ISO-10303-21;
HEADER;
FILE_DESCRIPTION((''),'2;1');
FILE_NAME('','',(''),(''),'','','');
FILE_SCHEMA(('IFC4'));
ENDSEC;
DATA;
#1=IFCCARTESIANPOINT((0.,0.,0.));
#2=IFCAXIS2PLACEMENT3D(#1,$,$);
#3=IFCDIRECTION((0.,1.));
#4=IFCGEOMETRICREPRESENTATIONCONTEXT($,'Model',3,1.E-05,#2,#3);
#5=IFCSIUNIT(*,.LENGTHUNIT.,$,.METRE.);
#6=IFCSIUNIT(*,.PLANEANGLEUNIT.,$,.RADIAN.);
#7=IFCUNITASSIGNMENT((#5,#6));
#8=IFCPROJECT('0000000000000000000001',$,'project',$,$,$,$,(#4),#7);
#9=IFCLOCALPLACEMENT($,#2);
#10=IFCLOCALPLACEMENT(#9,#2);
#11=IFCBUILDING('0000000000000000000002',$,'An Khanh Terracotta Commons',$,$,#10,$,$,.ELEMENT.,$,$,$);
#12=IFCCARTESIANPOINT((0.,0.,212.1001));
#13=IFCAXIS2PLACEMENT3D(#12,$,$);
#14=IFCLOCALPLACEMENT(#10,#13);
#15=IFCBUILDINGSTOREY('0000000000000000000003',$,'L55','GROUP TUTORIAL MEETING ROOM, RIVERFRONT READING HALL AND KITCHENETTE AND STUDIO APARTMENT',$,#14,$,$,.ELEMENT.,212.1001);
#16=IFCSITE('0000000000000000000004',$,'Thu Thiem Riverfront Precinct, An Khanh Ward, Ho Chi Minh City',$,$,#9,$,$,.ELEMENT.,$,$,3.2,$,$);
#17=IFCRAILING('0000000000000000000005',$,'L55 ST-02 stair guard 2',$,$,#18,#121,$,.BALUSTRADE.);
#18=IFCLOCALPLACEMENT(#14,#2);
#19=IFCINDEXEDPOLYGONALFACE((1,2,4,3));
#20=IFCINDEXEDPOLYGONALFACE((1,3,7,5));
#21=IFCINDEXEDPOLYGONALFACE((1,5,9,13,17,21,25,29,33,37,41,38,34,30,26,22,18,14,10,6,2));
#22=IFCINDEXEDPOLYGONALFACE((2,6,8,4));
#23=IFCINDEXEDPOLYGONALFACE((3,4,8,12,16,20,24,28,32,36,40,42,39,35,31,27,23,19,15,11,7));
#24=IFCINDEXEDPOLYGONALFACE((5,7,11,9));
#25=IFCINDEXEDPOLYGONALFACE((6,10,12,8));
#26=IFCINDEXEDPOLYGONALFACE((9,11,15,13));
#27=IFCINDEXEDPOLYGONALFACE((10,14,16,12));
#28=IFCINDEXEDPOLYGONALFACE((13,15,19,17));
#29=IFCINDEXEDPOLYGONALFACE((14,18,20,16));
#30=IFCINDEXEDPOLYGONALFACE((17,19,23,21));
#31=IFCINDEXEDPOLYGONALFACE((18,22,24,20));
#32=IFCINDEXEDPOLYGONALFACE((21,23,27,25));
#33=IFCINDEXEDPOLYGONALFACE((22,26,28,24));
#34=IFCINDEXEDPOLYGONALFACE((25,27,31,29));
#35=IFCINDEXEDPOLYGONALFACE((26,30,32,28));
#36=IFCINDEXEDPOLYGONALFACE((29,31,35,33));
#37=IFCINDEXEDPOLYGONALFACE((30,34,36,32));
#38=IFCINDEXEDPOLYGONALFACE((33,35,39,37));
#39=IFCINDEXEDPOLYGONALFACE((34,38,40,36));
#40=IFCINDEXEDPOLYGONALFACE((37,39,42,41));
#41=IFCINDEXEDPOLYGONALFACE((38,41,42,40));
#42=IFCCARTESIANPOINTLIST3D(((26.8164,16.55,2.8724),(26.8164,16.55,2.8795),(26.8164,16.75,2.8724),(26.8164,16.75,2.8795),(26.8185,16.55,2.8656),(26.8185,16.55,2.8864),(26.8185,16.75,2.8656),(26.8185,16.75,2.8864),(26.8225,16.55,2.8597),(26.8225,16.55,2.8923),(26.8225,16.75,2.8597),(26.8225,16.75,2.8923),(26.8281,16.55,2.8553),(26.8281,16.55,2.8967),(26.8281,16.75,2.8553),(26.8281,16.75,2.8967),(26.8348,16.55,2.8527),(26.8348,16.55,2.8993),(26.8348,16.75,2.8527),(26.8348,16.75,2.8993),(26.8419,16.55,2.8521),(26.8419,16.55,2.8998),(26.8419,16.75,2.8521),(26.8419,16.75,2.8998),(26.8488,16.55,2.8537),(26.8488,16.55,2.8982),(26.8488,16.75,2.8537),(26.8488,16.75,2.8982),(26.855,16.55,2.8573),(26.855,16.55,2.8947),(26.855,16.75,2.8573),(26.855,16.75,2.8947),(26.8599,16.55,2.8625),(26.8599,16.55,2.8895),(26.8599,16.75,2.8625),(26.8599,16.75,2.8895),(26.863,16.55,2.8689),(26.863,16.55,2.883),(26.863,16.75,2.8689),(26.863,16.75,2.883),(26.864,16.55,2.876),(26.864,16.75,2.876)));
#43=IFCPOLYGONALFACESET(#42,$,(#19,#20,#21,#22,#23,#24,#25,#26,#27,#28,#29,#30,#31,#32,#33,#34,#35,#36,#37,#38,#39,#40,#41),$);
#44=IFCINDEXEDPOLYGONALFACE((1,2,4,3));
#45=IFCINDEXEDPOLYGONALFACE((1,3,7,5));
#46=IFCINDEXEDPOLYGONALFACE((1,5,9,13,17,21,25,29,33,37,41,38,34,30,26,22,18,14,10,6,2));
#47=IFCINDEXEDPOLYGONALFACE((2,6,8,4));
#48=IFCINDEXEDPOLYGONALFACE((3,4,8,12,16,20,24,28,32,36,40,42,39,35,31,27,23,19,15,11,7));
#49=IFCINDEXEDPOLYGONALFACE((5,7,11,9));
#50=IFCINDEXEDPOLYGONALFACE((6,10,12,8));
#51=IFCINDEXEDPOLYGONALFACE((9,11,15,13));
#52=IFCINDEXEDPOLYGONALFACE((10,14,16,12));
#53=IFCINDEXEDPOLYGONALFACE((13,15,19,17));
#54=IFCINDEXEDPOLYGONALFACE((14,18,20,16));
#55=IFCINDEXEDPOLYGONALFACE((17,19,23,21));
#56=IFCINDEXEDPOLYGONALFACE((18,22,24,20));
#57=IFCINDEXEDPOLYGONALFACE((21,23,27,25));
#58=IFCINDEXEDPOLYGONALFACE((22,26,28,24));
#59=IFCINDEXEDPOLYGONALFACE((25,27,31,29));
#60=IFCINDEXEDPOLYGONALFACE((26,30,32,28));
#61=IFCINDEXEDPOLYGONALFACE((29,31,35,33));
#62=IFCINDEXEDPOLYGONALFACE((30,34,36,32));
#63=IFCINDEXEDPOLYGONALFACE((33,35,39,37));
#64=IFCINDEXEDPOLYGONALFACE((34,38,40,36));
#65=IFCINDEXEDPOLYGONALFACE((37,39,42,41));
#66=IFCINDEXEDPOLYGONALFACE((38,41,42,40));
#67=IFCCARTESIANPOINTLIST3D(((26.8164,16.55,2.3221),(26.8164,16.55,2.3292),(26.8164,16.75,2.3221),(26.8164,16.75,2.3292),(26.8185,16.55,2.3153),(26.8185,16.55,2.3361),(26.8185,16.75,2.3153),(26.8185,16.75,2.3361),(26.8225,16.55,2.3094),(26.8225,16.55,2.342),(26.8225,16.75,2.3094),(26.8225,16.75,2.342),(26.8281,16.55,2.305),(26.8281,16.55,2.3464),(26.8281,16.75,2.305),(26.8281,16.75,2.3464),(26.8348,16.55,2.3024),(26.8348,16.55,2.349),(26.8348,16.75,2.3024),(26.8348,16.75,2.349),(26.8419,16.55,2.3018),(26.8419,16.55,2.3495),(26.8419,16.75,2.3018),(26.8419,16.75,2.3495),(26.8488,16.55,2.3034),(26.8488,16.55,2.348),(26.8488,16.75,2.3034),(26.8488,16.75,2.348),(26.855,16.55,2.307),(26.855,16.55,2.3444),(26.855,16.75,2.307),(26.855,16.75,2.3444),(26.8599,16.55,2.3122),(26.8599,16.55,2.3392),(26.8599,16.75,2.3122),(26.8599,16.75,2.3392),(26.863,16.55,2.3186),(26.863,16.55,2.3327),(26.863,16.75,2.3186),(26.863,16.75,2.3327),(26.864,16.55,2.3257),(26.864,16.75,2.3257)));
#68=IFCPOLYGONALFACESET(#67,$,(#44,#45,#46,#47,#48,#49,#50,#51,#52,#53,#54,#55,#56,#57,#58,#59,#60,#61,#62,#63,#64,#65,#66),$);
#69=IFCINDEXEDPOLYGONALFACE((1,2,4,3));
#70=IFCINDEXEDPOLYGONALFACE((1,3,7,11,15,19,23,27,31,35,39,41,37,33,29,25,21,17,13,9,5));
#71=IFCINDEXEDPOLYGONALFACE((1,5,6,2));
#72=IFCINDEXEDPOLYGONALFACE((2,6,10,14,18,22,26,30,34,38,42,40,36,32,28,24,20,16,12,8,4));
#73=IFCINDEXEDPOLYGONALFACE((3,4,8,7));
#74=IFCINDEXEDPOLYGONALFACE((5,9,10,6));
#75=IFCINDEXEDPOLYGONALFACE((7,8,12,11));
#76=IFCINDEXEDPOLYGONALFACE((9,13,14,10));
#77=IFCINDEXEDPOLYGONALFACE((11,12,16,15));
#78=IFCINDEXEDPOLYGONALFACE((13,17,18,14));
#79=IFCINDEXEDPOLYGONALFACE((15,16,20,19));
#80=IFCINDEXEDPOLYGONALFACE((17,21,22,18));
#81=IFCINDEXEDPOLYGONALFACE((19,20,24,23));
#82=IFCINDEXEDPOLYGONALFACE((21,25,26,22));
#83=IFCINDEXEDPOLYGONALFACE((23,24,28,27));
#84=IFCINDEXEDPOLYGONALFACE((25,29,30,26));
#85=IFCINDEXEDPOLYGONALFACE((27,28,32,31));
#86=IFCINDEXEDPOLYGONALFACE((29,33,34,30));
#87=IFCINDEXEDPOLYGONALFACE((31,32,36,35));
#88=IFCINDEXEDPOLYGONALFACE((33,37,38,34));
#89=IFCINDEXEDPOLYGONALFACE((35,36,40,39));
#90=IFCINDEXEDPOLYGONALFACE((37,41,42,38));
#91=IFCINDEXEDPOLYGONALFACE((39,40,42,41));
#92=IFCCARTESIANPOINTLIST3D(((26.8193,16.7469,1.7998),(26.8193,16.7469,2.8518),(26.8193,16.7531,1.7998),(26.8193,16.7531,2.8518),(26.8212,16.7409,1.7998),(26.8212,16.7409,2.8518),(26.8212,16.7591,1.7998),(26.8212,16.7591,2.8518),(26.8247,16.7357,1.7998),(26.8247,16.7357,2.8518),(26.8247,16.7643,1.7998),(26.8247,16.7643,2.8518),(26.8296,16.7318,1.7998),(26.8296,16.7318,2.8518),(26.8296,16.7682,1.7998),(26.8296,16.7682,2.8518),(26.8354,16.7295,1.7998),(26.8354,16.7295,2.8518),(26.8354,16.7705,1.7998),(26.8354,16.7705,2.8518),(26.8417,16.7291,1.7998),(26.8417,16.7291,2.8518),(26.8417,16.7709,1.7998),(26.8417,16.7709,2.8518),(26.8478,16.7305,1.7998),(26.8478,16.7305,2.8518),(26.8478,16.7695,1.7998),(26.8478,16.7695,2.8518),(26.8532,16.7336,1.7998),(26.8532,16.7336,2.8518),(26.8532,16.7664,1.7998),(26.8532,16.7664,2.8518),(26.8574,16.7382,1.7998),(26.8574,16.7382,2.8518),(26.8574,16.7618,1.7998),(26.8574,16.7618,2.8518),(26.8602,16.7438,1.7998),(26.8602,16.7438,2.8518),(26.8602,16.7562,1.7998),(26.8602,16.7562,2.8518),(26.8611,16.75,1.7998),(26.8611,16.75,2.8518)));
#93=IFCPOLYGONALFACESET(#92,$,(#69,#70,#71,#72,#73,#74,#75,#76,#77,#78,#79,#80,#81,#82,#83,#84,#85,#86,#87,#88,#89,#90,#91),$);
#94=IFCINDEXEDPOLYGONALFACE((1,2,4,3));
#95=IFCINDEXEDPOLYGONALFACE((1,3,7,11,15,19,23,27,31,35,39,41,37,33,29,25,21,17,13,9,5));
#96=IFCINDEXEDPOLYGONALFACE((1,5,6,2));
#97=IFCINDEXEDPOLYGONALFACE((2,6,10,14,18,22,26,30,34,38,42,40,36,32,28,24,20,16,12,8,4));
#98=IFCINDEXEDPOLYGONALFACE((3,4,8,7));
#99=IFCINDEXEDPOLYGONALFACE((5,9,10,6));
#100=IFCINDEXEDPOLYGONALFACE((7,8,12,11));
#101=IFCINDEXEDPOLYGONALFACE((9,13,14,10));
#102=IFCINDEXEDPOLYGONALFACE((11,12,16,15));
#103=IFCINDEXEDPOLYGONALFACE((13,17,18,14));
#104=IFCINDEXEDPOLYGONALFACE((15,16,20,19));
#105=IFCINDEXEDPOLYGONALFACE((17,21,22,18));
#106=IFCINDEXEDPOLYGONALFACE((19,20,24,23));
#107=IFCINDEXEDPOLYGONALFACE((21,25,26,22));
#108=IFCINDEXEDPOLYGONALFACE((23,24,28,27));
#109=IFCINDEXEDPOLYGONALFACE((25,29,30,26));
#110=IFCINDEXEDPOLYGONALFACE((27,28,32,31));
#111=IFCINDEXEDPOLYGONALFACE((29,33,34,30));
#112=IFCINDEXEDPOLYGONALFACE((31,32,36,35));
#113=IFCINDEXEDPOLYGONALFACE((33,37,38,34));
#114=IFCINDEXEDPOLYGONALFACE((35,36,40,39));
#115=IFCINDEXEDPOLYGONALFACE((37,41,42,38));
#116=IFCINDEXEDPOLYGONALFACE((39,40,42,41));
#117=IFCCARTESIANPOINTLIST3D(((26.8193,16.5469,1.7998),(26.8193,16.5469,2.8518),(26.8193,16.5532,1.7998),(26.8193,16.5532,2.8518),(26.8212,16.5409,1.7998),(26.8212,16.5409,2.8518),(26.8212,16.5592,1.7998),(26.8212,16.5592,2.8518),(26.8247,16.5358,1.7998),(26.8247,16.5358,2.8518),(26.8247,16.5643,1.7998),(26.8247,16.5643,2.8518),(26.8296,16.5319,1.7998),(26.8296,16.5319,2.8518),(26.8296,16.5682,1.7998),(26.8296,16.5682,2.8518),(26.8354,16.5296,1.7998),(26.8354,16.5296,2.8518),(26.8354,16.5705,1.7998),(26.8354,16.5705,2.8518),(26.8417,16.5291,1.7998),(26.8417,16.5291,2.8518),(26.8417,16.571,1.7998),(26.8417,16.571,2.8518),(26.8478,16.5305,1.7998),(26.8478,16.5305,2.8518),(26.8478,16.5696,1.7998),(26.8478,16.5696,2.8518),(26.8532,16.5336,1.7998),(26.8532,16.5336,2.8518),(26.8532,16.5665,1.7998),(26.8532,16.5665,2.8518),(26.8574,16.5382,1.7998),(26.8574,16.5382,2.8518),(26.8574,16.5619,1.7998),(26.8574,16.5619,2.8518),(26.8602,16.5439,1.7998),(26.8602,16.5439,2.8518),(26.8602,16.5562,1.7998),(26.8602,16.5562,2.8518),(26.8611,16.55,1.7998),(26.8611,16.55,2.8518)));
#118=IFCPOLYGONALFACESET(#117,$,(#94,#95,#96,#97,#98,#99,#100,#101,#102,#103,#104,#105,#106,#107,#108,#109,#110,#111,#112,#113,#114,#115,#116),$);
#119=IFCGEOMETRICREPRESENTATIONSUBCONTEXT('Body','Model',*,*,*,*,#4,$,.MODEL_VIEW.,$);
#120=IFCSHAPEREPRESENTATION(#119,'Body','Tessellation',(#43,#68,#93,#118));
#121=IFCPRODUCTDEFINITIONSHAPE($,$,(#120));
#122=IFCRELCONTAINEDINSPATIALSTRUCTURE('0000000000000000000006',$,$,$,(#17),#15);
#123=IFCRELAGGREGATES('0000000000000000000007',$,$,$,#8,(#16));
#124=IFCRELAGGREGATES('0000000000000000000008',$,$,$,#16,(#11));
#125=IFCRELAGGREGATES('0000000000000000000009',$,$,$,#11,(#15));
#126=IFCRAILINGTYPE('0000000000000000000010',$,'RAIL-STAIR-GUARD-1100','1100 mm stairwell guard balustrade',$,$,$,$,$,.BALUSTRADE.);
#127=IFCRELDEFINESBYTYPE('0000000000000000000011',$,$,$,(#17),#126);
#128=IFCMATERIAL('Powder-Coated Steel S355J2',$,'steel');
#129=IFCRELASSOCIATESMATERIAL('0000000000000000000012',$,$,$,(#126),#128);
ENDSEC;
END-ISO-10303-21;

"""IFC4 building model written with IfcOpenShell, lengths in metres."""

from ifc_helpers import new_model, si_unit, direction, frame, origin, origin_2d, place, context, subcontext, project, spatial, circle, extrude, material, type_object, element, save


model = new_model("IFC4")

# Units and contexts
model_context = context("Model", 3, precision=1e-05, world=origin(), true_north=direction((0.0, 1.0)))
body_context = subcontext(model_context, "Body", "Model", "MODEL_VIEW")
ifc_project = project(units=[si_unit("LENGTHUNIT", "METRE"), si_unit("PLANEANGLEUNIT", "RADIAN")], contexts=[model_context])

# Site, building, storey
site_placement = place(None, origin())
site = spatial("IfcSite", under=ifc_project, at=site_placement, Name="Thu Thiem Riverfront Precinct, An Khanh Ward, Ho Chi Minh City", CompositionType="ELEMENT", RefElevation=3.2)
building_placement = place(site_placement, origin())
building = spatial("IfcBuilding", under=site, at=building_placement, Name="An Khanh Terracotta Commons", CompositionType="ELEMENT")
storey_placement = place(building_placement, frame((0.0, 0.0, 212.1001)))
storey = spatial("IfcBuildingStorey", under=building, at=storey_placement, Name="L55", Description="GROUP TUTORIAL MEETING ROOM, RIVERFRONT READING HALL AND KITCHENETTE AND STUDIO APARTMENT", CompositionType="ELEMENT", Elevation=212.1001)

# Railing
ifc_material_1 = material(Name="Powder-Coated Steel S355J2", Category="steel")
railing_type_1 = type_object("IfcRailingType", Name="RAIL-STAIR-GUARD-1100", Description="1100 mm stairwell guard balustrade", PredefinedType="BALUSTRADE", material=ifc_material_1)
railing_1_placement = place(storey_placement, frame((26.8401, 16.75, 1.7998)))
element("IfcRailing", 1, at=railing_1_placement, inside=storey, type_object=railing_type_1, Name="L55 ST-02 stair guard 2", PredefinedType="BALUSTRADE", context=body_context, shape_type="SweptSolid", body=[
    extrude(circle(Radius=0.0239, at=origin_2d()), frame((0.0, 0.0, 1.0762), z_axis=(0.0, -1.0, 0.0), x_axis=(1.0, 0.0, 0.0)), (0.0, 0.0, 1.0), 0.2),
    extrude(circle(Radius=0.0239, at=origin_2d()), frame((0.0, 0.0, 0.5259), z_axis=(0.0, -1.0, 0.0), x_axis=(1.0, 0.0, 0.0)), (0.0, 0.0, 1.0), 0.2),
    extrude(circle(Radius=0.021, at=origin_2d()), origin(), (0.0, 0.0, 1.0), 1.052),
    extrude(circle(Radius=0.021, at=origin_2d()), frame((0.0, -0.2, 0.0)), (0.0, 0.0, 1.0), 1.052),
])

save(model, "model.ifc")
